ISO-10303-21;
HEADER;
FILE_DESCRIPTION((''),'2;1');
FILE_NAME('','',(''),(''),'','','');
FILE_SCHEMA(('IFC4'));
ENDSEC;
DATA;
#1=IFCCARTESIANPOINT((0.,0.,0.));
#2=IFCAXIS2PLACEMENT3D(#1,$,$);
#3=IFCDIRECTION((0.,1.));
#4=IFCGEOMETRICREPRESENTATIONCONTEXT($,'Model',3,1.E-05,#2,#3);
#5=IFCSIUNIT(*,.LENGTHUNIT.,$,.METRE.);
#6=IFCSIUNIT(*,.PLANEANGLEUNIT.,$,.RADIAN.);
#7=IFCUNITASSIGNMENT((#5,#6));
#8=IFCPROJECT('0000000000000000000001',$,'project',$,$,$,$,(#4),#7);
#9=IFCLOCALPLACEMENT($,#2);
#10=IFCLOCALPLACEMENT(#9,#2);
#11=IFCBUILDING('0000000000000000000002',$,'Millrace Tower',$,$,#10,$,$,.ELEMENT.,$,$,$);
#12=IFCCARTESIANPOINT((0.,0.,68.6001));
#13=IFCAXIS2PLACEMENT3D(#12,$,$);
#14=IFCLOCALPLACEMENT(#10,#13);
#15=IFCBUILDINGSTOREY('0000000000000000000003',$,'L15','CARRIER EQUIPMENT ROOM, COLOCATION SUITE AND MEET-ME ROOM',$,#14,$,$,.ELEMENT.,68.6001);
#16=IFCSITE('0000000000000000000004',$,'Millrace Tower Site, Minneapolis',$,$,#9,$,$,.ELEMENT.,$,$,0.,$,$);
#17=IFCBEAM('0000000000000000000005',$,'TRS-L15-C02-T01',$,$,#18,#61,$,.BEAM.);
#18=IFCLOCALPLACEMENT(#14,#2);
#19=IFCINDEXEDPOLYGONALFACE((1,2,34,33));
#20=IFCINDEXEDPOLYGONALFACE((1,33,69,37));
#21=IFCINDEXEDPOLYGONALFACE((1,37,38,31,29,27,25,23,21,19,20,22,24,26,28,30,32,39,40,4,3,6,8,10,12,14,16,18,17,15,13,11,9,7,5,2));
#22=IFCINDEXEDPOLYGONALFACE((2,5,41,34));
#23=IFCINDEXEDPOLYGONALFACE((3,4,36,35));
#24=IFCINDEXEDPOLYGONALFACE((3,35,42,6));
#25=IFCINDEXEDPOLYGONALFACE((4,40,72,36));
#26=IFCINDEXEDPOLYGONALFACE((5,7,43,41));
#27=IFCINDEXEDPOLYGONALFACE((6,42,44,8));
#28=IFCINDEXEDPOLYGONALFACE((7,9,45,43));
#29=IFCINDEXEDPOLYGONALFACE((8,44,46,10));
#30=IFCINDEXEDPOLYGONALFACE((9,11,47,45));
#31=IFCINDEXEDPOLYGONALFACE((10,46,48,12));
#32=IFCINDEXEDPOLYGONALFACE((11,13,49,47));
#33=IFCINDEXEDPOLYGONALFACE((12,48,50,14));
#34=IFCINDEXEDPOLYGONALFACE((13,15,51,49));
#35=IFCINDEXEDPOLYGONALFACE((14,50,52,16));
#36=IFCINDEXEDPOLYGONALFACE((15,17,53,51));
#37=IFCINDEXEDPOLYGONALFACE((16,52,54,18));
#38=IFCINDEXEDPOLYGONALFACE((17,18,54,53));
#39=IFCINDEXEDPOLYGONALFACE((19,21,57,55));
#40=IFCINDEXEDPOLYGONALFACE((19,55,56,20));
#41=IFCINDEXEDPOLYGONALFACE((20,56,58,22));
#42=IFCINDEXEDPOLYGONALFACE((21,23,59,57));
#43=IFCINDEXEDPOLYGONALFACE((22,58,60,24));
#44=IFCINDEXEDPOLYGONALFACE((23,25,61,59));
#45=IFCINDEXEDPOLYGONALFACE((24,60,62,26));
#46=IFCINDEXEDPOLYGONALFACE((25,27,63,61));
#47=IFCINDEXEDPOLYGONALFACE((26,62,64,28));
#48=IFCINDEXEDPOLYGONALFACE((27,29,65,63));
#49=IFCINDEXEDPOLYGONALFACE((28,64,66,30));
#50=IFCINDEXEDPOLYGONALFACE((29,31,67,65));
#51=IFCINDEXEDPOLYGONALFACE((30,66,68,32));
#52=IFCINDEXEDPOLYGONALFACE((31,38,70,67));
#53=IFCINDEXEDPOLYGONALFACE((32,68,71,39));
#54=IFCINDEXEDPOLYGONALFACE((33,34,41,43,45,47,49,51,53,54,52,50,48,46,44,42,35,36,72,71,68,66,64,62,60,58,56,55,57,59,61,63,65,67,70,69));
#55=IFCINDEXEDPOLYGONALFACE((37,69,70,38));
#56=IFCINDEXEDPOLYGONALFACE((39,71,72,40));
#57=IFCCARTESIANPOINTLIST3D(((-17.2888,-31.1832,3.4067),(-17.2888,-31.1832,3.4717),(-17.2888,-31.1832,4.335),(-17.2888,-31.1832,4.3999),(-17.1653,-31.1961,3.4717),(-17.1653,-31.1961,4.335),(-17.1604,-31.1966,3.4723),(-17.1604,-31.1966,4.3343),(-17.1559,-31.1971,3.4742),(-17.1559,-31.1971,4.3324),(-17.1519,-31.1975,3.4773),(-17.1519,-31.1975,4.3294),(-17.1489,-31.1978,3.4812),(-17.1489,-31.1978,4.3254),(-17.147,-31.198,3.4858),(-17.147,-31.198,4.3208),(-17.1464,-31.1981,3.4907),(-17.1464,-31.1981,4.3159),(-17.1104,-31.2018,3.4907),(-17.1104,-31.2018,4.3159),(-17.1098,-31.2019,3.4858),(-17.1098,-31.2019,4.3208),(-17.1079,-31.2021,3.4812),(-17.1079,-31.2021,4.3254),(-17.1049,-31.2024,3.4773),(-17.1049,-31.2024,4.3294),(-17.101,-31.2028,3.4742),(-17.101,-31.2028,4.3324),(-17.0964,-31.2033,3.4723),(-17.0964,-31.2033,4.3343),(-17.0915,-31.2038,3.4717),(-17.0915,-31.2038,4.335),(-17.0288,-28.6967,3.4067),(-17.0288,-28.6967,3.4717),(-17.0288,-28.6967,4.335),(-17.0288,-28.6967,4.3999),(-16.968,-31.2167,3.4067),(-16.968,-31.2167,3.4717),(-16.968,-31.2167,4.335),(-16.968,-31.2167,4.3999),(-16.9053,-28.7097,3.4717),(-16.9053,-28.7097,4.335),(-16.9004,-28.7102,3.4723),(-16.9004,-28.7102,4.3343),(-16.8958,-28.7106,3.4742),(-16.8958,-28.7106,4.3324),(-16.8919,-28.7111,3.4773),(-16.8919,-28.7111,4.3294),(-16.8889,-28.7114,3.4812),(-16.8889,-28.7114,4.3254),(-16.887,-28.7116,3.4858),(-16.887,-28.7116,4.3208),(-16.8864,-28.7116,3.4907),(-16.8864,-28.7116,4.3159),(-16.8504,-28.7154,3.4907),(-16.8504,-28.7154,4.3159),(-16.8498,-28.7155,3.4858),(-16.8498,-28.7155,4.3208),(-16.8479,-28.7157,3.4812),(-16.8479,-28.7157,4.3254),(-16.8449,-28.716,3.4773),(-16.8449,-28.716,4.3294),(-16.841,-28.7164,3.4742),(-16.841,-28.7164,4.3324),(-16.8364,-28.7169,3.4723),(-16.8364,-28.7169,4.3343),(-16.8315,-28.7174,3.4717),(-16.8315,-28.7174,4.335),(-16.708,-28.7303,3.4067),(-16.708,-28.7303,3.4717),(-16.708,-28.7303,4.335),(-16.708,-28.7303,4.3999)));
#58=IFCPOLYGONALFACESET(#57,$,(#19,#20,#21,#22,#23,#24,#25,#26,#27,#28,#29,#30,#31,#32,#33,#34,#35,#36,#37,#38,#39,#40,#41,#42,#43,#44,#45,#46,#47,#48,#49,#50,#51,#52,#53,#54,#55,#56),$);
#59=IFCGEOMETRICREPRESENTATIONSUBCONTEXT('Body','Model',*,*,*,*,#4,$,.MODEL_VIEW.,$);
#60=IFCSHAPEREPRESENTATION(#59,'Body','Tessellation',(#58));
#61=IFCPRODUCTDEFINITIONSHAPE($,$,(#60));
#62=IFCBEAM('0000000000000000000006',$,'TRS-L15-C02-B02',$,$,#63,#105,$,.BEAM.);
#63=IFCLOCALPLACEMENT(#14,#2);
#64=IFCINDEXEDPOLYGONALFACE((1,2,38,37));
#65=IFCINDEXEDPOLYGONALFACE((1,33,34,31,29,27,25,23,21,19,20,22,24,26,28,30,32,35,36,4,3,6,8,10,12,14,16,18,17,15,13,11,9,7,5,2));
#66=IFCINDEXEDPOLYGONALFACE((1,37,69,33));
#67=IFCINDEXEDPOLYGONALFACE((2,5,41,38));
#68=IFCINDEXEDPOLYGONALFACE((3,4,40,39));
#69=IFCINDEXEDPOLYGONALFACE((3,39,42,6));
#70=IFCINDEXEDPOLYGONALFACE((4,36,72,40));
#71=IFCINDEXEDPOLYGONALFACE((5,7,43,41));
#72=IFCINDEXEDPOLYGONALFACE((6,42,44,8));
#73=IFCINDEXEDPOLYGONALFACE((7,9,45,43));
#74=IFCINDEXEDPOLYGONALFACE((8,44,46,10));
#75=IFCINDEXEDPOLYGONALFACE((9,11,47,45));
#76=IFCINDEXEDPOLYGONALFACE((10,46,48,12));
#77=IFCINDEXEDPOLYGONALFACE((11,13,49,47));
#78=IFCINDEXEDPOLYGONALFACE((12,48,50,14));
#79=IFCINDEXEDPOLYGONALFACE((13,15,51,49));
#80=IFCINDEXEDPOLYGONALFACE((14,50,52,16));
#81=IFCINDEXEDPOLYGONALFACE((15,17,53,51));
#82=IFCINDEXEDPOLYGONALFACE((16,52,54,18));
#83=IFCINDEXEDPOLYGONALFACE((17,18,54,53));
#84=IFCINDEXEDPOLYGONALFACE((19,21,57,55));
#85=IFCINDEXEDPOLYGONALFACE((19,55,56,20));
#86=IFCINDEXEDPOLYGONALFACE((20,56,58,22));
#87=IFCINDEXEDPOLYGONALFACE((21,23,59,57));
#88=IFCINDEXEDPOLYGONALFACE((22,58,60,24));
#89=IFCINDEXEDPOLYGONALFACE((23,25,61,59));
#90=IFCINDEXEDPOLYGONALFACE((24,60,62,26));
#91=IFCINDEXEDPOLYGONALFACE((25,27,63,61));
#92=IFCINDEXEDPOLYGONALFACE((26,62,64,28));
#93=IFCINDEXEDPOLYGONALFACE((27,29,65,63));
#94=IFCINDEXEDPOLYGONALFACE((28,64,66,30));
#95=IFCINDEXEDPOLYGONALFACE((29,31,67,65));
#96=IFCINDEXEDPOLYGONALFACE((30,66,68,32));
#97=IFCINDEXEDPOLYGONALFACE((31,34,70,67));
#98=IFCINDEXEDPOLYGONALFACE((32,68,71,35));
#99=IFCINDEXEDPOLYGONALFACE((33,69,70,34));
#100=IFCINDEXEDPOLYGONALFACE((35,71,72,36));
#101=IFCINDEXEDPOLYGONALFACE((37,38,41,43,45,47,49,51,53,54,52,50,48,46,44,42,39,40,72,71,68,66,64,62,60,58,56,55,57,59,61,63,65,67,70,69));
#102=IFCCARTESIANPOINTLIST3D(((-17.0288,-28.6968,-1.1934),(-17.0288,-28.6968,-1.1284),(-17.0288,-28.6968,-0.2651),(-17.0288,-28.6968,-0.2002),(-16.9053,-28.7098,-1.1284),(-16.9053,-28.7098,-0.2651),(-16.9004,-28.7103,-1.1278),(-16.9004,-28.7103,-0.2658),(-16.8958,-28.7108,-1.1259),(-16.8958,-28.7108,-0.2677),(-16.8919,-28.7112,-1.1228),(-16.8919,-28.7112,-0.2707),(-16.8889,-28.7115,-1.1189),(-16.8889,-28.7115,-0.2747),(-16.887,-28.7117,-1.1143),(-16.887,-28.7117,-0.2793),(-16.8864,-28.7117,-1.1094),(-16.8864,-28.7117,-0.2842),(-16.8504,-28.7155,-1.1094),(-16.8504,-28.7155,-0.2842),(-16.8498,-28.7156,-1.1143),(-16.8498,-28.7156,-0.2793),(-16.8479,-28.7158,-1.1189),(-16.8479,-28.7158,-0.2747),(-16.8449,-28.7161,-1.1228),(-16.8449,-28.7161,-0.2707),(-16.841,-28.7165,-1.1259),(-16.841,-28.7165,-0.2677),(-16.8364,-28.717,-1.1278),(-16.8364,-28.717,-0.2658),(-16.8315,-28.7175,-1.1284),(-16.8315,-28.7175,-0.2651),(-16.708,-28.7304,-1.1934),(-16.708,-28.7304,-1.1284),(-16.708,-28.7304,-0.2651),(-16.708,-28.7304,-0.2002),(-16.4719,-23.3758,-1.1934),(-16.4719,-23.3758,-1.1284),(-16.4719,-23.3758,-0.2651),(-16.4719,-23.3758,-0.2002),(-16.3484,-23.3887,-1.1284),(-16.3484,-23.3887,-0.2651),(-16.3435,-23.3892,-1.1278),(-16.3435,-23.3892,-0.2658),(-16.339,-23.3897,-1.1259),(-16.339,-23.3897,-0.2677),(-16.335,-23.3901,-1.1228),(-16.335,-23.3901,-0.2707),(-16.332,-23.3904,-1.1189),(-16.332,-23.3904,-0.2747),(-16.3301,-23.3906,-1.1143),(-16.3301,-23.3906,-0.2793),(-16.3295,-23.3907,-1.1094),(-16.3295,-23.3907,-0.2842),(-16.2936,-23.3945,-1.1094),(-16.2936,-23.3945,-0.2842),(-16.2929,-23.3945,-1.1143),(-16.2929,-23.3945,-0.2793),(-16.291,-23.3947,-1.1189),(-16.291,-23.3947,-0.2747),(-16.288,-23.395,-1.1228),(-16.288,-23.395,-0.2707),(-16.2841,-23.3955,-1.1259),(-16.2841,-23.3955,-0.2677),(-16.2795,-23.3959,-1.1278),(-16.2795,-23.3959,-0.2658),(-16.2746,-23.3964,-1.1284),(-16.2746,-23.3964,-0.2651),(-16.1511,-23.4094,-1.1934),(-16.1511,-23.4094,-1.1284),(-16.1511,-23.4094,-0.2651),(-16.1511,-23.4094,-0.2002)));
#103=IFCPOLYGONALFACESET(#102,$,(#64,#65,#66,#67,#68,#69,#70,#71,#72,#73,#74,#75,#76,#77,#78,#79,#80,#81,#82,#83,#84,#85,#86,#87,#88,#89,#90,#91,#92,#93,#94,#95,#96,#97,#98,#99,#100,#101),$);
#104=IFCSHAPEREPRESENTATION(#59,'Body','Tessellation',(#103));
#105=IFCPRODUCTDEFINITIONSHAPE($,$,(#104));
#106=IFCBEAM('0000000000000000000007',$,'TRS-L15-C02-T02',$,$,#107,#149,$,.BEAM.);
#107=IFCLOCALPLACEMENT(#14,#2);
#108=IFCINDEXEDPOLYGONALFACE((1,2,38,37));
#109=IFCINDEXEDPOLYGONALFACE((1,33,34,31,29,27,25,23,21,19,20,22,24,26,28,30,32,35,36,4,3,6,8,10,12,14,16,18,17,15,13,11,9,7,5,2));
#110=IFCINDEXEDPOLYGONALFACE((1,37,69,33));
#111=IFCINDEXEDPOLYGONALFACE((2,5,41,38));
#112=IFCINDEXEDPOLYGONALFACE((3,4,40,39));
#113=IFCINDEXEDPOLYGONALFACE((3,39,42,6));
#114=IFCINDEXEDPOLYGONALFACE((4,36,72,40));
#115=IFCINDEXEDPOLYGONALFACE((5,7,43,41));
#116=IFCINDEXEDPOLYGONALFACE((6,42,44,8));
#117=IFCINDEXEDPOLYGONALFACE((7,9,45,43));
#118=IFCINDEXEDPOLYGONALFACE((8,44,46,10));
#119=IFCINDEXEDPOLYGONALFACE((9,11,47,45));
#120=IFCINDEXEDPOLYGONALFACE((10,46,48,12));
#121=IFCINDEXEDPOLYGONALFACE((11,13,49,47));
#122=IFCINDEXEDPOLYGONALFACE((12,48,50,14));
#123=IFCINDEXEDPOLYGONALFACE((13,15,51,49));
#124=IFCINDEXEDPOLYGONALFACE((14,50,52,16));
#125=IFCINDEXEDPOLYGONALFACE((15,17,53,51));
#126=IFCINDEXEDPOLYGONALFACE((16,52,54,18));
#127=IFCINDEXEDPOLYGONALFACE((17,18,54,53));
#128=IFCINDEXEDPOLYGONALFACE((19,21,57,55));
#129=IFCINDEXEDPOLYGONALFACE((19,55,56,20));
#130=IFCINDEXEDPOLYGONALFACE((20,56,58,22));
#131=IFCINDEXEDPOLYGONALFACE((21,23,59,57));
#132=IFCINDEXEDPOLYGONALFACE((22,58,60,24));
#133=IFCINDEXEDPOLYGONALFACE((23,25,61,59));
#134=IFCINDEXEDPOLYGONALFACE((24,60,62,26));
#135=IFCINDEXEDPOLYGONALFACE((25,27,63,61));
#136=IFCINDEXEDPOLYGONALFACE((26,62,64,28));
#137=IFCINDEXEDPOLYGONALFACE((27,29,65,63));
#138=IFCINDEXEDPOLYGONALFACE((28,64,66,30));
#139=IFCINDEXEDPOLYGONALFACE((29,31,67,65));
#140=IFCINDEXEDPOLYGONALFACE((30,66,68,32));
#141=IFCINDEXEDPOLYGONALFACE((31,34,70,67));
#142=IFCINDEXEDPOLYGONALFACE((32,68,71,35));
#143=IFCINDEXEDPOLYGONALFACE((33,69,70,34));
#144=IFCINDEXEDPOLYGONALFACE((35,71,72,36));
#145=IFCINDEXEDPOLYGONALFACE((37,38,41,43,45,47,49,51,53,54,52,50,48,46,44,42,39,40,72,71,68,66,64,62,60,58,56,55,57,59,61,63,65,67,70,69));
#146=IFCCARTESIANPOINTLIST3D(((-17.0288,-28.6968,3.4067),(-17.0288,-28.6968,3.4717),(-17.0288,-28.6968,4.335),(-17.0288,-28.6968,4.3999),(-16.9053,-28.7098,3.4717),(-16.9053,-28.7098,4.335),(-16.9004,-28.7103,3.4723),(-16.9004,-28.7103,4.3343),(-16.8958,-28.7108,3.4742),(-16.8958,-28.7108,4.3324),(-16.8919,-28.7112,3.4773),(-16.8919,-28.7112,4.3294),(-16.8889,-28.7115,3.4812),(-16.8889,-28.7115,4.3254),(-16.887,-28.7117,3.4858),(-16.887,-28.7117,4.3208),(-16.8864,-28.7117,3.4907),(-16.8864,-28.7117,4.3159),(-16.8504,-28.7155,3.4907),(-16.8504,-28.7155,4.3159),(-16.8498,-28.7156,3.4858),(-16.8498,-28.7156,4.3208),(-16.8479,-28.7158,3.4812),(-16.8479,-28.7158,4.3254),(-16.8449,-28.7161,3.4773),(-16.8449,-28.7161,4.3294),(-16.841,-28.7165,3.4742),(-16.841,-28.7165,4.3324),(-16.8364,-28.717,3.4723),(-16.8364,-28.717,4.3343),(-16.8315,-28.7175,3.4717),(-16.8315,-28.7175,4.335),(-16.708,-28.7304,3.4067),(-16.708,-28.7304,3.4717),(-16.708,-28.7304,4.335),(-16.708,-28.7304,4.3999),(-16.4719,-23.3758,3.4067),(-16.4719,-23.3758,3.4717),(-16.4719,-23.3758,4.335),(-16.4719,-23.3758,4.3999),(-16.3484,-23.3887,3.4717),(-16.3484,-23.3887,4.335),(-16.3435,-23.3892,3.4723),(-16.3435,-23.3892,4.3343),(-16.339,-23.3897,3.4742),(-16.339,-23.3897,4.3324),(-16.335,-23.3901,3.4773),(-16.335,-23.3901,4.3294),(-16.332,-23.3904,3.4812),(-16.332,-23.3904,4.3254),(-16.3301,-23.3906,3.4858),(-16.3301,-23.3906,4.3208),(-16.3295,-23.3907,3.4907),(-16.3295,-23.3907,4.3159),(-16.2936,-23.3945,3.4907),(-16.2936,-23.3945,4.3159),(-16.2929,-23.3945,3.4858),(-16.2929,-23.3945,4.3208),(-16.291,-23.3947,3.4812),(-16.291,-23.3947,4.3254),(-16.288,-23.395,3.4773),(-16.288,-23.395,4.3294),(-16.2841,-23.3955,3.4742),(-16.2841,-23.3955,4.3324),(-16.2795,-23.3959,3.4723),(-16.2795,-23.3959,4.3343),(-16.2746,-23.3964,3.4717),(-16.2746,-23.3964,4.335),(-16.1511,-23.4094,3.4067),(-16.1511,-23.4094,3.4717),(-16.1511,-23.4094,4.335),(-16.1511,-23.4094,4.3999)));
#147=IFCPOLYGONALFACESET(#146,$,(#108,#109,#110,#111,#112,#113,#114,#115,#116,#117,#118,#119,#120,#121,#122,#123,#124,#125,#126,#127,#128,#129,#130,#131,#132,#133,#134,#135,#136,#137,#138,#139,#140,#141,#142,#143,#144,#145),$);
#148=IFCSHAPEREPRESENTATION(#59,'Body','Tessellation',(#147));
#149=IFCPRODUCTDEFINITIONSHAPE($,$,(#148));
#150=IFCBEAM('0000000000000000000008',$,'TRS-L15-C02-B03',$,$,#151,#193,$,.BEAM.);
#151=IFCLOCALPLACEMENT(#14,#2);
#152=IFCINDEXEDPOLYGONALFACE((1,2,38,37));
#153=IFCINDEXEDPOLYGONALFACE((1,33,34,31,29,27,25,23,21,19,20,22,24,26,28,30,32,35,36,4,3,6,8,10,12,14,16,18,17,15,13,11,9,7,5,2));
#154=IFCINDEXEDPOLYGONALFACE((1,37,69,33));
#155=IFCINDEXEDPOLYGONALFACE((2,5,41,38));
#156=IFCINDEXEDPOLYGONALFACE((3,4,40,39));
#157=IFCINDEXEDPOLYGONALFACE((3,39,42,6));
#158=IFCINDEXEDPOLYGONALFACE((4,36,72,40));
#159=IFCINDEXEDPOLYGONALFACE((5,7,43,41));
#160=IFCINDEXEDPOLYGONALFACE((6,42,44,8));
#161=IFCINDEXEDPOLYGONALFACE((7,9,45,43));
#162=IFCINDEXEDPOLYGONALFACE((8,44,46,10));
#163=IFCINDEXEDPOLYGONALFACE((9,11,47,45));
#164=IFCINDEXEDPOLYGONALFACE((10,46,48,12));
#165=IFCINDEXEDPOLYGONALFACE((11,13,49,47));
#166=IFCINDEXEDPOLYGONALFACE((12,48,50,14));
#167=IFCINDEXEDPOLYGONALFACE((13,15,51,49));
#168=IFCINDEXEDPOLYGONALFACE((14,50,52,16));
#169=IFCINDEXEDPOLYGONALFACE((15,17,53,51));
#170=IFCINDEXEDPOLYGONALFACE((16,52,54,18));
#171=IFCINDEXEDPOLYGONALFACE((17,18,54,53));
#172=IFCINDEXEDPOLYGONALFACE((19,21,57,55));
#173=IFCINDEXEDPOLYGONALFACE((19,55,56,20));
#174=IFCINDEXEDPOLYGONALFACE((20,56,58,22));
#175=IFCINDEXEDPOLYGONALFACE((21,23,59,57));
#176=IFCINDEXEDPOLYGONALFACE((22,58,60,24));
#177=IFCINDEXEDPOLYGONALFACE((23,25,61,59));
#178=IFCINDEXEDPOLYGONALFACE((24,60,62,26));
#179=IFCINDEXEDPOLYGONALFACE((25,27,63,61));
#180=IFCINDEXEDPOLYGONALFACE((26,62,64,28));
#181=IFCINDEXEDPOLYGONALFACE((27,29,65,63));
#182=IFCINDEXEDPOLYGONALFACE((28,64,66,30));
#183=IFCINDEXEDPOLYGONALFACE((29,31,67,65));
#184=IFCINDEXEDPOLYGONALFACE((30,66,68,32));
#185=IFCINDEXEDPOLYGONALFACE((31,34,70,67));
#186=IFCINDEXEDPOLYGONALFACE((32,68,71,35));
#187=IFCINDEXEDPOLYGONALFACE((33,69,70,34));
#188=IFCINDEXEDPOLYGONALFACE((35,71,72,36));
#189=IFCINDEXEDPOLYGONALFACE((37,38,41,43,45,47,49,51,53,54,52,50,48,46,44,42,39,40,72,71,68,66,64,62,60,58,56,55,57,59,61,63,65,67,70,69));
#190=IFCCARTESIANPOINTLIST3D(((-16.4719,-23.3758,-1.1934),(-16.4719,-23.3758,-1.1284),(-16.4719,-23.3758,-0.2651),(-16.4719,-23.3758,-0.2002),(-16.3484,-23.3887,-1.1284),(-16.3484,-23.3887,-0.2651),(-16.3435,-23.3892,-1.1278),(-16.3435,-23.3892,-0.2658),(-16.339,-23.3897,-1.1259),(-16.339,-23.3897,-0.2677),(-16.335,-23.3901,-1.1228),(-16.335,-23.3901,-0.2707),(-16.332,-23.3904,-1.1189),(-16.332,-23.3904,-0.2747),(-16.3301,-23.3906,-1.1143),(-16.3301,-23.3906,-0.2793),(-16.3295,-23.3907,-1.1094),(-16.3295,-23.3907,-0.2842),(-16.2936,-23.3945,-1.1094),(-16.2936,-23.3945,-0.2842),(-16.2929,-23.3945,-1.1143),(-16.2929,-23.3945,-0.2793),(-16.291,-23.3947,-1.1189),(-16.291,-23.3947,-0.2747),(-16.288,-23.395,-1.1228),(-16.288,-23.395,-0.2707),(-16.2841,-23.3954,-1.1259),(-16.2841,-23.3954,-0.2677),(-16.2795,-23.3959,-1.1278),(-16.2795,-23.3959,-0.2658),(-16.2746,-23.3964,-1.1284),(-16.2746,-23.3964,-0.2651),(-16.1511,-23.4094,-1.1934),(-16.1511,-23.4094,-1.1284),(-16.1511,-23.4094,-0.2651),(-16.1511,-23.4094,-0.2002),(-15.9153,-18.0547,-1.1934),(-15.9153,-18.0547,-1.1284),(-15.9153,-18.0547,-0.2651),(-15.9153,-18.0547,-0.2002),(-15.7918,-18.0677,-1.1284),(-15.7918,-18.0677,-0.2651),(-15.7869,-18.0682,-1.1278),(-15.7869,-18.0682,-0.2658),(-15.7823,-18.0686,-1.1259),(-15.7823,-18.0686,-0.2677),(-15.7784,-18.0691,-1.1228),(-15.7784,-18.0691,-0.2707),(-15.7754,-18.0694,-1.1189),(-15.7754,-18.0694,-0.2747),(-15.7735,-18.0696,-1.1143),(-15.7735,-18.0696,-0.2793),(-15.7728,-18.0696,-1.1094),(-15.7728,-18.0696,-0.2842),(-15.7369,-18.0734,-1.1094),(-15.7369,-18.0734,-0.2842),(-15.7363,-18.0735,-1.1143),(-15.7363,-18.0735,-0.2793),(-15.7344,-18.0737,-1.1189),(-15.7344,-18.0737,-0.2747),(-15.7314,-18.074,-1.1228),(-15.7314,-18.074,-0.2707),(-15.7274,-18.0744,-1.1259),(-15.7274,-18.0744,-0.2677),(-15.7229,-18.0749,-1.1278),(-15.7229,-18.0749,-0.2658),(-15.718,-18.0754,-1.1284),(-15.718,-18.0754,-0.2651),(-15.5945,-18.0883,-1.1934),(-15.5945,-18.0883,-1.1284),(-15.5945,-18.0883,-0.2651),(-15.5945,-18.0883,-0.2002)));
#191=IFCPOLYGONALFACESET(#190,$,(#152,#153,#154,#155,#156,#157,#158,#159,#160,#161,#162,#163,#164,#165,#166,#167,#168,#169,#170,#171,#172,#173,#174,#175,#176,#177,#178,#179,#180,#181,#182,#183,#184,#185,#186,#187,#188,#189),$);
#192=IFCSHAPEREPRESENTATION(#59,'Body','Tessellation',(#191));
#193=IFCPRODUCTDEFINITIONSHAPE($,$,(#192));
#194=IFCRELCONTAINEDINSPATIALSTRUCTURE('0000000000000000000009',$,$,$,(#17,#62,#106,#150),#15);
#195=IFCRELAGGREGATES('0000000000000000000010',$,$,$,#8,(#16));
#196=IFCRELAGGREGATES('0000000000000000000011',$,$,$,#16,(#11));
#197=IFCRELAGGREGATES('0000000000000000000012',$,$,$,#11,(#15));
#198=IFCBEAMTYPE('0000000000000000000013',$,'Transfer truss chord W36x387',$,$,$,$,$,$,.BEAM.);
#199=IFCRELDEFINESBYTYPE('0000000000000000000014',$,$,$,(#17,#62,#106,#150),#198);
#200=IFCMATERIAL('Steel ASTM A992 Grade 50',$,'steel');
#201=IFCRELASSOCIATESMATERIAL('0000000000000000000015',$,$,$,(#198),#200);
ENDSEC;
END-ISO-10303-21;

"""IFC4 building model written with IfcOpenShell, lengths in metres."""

from ifc_helpers import new_model, si_unit, direction, frame, origin, origin_2d, place, context, subcontext, project, spatial, i_section, extrude, material, material_profile, profile_set, type_object, element, save


model = new_model("IFC4")

# Units and contexts
model_context = context("Model", 3, precision=1e-05, world=origin(), true_north=direction((0.0, 1.0)))
body_context = subcontext(model_context, "Body", "Model", "MODEL_VIEW")
ifc_project = project(units=[si_unit("LENGTHUNIT", "METRE"), si_unit("PLANEANGLEUNIT", "RADIAN")], contexts=[model_context])

# Site, building, storey
site_placement = place(None, origin())
site = spatial("IfcSite", under=ifc_project, at=site_placement, Name="Millrace Tower Site, Minneapolis", CompositionType="ELEMENT", RefElevation=0.0)
building_placement = place(site_placement, origin())
building = spatial("IfcBuilding", under=site, at=building_placement, Name="Millrace Tower", CompositionType="ELEMENT")
storey_placement = place(building_placement, frame((0.0, 0.0, 68.6001)))
storey = spatial("IfcBuildingStorey", under=building, at=storey_placement, Name="L15", Description="CARRIER EQUIPMENT ROOM, COLOCATION SUITE AND MEET-ME ROOM", CompositionType="ELEMENT", Elevation=68.6001)

# Beams
ifc_material_1 = material(Name="Steel ASTM A992 Grade 50", Category="steel")
ifc_material_profile_1 = material_profile(ifc_material_1, i_section(OverallWidth=0.3225, OverallDepth=0.9932, WebThickness=0.0361, FlangeThickness=0.0649, FilletRadius=0.019, at=origin_2d()))
ifc_profile_set_1 = profile_set([ifc_material_profile_1], Name="Steel ASTM A992 Grade 50")
beam_type_1 = type_object("IfcBeamType", Name="Transfer truss chord W36x387", PredefinedType="BEAM", material=ifc_profile_set_1)
for number, where, z_axis, x_axis, name in (
    (1, (-17.1284, -31.2, 3.9033), (0.104009, 0.994576, 0.0), (-0.994576, 0.104009, 0.0), "TRS-L15-C02-T01"),
):
    element("IfcBeam", number, at=place(storey_placement, frame(where, z_axis=z_axis, x_axis=x_axis)), inside=storey, type_object=beam_type_1, Name=name, PredefinedType="BEAM", context=body_context, shape_type="SweptSolid", body=[
        extrude(i_section(OverallWidth=0.3225, OverallDepth=0.9932, WebThickness=0.0361, FlangeThickness=0.0649, FilletRadius=0.019, at=origin_2d()), origin(), (0.0, 0.0, 1.0), 2.5),
    ])
for number, where, z_axis, x_axis, name in (
    (2, (-16.8684, -28.7136, -0.6968), (0.104089, 0.994568, 0.0), (-0.994568, 0.104089, 0.0), "TRS-L15-C02-B02"),
    (3, (-16.8684, -28.7136, 3.9033), (0.104089, 0.994568, 0.0), (-0.994568, 0.104089, 0.0), "TRS-L15-C02-T02"),
    (4, (-16.3115, -23.3926, -0.6968), (0.104043, 0.994573, 0.0), (-0.994573, 0.104043, 0.0), "TRS-L15-C02-B03"),
):
    element("IfcBeam", number, at=place(storey_placement, frame(where, z_axis=z_axis, x_axis=x_axis)), inside=storey, type_object=beam_type_1, Name=name, PredefinedType="BEAM", context=body_context, shape_type="SweptSolid", body=[
        extrude(i_section(OverallWidth=0.3225, OverallDepth=0.9932, WebThickness=0.0361, FlangeThickness=0.0649, FilletRadius=0.019, at=origin_2d()), origin(), (0.0, 0.0, 1.0), 5.3501),
    ])

save(model, "model.ifc")
